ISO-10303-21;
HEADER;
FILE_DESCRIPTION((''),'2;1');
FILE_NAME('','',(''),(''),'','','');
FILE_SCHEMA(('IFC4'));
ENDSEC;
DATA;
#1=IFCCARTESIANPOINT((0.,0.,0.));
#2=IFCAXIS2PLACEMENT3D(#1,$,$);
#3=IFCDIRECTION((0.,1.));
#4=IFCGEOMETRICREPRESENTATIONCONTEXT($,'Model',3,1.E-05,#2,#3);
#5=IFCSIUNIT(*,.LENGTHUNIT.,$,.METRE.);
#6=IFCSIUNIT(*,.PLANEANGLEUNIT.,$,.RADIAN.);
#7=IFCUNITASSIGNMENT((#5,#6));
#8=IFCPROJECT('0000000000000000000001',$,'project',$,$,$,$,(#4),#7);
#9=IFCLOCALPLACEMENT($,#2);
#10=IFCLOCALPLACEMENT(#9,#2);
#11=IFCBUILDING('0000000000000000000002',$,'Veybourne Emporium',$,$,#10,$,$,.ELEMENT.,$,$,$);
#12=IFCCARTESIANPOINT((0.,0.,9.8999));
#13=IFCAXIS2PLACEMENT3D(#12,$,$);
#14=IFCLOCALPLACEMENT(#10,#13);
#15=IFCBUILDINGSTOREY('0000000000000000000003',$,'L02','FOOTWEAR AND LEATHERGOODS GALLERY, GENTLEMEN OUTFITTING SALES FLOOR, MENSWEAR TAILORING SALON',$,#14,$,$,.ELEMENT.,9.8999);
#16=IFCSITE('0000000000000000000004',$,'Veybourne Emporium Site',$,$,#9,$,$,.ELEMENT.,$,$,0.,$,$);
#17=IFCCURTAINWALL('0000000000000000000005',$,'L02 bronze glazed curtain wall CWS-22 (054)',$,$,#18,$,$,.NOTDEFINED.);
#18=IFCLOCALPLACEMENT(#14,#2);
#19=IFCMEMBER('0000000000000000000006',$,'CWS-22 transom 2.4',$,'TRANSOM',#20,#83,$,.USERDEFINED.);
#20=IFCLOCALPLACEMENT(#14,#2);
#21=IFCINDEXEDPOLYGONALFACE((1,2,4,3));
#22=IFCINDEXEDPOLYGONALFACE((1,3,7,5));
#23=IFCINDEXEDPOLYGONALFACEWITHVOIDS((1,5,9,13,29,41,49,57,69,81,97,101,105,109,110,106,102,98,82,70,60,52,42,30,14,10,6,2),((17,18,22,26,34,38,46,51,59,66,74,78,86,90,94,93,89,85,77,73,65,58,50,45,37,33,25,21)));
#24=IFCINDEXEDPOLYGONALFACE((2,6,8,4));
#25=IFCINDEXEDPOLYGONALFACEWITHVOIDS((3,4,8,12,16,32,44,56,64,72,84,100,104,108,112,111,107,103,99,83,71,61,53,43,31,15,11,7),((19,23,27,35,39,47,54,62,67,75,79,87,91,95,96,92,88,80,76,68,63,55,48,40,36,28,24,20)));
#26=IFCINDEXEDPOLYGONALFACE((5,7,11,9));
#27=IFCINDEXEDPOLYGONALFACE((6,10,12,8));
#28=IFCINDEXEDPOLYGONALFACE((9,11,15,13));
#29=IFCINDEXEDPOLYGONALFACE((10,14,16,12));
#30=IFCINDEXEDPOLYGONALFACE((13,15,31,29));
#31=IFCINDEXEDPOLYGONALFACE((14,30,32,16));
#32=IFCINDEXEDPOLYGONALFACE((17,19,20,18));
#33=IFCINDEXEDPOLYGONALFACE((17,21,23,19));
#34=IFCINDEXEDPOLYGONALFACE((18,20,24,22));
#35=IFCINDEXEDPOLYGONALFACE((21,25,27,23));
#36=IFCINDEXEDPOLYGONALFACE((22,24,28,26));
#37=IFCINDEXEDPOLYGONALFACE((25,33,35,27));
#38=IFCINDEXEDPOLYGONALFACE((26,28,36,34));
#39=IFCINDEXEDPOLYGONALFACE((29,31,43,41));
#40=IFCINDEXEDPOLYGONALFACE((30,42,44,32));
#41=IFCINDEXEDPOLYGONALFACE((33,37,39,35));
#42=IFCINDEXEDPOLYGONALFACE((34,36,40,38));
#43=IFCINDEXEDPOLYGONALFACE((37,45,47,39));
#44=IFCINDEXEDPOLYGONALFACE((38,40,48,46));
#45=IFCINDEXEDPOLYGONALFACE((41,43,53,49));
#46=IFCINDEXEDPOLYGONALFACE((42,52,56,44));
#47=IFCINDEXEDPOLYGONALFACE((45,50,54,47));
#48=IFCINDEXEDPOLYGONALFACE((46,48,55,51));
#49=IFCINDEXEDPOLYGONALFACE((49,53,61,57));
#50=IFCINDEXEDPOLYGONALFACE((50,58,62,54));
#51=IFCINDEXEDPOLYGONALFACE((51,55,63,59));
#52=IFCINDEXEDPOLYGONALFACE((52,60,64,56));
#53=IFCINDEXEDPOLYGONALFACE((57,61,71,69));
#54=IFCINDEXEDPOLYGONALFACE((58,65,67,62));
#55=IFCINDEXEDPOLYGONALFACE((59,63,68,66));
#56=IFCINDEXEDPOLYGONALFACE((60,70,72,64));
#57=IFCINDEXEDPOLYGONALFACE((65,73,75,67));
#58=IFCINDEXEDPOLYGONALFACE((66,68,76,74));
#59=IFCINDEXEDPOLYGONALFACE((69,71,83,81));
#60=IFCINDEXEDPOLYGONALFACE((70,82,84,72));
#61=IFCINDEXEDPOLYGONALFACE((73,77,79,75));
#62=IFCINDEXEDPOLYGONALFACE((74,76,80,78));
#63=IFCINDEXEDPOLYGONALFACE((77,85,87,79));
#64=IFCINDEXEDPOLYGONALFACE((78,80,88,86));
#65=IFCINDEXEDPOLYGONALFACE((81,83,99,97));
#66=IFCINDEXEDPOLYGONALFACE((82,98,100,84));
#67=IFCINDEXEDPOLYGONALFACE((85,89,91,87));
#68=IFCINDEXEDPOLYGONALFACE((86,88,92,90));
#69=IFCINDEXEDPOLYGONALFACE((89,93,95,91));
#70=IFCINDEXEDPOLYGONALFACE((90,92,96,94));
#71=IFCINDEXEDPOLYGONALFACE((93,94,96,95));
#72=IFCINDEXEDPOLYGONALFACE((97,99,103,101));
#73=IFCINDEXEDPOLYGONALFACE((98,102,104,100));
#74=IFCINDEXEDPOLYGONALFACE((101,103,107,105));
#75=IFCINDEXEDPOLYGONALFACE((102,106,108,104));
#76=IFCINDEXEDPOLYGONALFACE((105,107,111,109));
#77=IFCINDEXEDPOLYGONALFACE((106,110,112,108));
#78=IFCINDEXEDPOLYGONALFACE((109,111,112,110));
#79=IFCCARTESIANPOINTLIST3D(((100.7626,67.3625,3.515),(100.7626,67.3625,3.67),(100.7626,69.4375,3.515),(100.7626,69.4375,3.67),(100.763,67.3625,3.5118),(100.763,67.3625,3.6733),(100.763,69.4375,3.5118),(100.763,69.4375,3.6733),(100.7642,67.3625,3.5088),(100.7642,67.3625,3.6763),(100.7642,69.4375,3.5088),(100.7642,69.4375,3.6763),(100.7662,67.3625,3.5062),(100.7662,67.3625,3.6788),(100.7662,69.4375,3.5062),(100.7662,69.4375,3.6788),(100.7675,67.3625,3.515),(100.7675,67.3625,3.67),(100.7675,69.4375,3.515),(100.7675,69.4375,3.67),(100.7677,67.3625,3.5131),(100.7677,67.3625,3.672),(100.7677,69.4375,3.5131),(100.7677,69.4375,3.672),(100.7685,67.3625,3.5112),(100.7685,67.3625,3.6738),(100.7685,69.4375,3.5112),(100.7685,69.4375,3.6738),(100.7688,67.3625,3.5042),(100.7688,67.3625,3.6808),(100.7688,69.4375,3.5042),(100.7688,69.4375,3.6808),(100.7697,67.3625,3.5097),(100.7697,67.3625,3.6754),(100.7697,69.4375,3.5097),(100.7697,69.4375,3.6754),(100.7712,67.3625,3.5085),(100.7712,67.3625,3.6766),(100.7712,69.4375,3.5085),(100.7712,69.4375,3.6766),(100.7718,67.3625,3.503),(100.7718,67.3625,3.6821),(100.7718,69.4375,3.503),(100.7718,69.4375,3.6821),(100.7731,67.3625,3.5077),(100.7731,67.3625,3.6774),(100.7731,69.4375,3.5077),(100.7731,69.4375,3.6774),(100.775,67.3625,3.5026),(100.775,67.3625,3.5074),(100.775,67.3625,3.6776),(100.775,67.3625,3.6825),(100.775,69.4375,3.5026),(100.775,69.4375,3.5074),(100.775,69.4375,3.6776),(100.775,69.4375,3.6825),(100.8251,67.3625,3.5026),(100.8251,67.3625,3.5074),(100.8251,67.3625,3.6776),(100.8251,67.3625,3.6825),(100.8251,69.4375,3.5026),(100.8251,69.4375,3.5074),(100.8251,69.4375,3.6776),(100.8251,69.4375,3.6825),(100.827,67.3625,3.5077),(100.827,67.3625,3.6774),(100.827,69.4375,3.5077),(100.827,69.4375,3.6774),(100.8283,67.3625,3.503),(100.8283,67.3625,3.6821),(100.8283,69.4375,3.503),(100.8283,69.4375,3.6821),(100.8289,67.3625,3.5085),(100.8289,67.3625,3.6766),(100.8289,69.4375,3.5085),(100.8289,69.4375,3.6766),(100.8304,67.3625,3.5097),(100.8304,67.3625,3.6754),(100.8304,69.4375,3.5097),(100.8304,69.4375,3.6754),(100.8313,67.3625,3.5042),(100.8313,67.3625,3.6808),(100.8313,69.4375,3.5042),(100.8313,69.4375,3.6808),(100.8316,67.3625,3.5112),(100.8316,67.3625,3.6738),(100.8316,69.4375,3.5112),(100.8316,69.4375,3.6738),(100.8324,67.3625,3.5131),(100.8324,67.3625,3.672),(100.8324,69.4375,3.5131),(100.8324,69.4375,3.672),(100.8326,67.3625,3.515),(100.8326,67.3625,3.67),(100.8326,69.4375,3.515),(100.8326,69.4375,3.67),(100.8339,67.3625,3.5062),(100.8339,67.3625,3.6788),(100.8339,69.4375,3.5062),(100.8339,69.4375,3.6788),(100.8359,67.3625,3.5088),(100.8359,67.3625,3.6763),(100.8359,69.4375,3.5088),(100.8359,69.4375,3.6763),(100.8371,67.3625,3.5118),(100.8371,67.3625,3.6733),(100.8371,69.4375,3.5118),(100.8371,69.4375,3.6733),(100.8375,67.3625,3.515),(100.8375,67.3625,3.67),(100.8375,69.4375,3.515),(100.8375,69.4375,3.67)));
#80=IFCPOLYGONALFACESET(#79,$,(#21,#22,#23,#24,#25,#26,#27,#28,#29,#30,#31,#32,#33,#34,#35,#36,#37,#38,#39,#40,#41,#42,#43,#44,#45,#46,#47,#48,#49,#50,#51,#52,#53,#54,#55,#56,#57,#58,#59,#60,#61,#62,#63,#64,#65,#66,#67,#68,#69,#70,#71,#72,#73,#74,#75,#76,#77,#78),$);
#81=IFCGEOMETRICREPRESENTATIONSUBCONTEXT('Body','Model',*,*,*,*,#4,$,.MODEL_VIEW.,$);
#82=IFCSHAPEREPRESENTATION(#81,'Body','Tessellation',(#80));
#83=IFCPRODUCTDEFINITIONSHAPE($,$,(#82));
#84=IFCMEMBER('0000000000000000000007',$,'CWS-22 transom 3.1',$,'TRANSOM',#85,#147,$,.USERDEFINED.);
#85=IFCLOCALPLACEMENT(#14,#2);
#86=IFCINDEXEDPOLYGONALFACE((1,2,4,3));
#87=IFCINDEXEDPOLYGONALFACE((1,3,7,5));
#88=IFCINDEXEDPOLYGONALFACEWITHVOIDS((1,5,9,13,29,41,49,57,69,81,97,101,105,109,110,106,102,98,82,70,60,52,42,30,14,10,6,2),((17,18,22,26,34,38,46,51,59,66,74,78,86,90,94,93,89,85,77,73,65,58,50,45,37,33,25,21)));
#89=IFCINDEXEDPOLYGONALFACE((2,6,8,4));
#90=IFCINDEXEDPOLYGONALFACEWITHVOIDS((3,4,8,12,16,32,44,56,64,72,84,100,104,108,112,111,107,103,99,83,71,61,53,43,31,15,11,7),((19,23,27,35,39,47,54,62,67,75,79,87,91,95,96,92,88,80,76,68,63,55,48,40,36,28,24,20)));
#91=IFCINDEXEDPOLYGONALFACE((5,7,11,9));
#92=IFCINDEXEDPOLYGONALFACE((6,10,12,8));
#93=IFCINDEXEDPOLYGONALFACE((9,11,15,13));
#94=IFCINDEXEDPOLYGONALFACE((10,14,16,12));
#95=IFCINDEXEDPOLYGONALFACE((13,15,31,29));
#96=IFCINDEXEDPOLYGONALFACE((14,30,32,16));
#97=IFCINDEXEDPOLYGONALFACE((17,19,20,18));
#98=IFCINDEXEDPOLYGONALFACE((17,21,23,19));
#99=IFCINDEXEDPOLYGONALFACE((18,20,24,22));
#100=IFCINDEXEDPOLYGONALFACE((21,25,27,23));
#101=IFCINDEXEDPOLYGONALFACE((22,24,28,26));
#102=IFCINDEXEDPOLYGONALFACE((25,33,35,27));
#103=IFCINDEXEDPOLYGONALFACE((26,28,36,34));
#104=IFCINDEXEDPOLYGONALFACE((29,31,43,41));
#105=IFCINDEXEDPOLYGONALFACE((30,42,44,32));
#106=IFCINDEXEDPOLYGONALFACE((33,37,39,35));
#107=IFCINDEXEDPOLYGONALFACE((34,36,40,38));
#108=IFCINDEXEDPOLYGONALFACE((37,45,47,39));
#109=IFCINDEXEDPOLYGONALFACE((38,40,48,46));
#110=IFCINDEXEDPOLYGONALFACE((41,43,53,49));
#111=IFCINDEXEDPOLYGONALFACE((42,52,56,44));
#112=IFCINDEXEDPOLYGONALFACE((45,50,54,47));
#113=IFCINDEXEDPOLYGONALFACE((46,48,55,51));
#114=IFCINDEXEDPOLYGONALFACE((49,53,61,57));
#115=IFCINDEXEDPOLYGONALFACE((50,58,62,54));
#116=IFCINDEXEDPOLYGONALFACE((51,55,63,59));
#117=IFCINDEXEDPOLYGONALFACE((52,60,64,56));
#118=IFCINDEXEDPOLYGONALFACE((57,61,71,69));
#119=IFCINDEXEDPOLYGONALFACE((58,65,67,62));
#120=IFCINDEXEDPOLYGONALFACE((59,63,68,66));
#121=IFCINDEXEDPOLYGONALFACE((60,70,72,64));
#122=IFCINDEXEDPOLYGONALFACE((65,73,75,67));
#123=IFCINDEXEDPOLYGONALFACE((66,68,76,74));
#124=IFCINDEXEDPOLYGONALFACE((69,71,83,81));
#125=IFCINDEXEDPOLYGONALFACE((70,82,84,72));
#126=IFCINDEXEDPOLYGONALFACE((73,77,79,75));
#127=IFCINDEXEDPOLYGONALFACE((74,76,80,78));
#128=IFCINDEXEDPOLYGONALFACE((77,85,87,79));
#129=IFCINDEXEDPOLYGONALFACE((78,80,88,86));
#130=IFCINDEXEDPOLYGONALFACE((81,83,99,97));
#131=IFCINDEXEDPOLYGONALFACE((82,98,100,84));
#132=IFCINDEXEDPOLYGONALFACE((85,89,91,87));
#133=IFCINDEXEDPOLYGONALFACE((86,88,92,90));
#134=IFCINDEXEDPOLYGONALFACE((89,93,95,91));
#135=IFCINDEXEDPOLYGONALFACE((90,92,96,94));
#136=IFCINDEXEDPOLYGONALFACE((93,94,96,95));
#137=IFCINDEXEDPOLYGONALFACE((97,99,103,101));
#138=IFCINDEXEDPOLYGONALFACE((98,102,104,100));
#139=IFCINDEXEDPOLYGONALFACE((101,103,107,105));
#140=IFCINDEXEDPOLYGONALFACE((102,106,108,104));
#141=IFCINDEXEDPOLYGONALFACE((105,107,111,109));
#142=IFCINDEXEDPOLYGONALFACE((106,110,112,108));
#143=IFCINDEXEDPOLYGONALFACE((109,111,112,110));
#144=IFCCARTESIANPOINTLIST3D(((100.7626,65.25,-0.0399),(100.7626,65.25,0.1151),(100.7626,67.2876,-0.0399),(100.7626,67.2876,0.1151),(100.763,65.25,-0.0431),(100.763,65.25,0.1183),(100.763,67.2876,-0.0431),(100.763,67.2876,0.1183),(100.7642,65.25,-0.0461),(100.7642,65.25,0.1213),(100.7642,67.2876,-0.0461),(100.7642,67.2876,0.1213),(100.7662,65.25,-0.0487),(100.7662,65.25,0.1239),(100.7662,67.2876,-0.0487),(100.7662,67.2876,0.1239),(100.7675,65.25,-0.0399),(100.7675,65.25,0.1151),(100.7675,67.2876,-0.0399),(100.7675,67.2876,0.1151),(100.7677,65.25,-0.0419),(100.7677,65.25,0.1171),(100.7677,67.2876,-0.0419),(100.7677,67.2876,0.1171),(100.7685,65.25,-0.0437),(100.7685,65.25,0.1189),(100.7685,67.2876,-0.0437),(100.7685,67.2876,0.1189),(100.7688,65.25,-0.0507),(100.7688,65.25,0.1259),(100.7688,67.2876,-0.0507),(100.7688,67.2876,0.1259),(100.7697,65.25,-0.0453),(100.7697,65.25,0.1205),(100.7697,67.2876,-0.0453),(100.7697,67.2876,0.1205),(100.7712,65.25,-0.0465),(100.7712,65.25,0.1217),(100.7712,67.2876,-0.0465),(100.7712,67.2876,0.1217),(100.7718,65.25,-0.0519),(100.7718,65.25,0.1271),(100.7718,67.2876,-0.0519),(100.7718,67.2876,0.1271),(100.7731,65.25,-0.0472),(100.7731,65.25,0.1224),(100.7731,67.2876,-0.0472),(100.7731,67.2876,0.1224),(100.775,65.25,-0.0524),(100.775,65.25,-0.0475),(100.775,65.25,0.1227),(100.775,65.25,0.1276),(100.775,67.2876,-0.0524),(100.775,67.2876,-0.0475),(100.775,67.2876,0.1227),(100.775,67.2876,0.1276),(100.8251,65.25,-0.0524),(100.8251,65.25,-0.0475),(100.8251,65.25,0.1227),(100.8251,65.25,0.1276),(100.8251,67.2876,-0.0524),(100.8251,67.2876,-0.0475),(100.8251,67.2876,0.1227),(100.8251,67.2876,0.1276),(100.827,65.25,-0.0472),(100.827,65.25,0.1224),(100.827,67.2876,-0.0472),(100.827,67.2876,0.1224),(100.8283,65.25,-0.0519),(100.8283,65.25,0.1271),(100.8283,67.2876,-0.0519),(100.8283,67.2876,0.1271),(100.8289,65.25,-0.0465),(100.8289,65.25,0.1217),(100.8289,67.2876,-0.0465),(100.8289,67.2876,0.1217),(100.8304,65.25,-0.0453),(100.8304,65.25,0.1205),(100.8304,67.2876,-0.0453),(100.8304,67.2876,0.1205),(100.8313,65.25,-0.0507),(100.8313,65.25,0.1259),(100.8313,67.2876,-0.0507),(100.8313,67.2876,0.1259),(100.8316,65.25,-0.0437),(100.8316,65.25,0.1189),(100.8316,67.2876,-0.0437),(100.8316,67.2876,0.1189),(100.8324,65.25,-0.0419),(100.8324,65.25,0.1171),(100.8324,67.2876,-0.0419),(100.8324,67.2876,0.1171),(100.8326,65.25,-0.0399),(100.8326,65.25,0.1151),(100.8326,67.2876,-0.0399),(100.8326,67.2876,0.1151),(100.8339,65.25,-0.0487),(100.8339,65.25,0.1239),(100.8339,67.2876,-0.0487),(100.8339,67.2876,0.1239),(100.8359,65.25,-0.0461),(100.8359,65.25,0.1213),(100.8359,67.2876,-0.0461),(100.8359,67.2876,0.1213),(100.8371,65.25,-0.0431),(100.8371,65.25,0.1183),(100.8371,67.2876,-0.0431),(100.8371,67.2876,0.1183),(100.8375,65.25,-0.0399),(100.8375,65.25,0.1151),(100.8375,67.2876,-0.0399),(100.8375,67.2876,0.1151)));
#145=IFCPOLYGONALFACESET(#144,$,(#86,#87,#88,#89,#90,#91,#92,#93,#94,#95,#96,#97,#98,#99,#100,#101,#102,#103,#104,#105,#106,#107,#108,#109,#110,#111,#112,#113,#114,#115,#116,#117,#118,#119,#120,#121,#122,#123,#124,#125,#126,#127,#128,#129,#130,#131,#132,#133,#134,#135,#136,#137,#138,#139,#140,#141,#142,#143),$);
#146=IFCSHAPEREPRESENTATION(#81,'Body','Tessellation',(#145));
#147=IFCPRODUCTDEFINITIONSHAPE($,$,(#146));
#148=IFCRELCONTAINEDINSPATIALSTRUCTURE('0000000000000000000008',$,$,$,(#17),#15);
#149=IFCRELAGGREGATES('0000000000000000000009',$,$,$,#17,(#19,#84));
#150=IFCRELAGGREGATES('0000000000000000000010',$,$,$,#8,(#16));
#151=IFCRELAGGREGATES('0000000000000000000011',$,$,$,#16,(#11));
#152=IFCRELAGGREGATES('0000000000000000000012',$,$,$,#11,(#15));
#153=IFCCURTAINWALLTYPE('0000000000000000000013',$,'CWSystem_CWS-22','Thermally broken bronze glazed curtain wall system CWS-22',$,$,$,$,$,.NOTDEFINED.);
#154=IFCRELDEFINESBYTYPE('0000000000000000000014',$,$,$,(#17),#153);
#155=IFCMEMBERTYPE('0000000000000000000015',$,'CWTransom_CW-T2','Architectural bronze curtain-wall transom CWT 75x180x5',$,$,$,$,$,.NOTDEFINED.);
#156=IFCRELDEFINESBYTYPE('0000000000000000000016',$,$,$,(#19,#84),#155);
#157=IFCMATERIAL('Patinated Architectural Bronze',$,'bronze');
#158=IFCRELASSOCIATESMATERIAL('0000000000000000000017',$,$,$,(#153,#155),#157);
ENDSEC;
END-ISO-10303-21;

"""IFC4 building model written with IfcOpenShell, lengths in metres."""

from ifc_helpers import new_model, si_unit, direction, frame, origin, origin_2d, place, context, subcontext, project, spatial, hollow_rectangle, extrude, material, material_profile, profile_set, type_object, element, aggregate, save


model = new_model("IFC4")

# Units and contexts
model_context = context("Model", 3, precision=1e-05, world=origin(), true_north=direction((0.0, 1.0)))
body_context = subcontext(model_context, "Body", "Model", "MODEL_VIEW")
ifc_project = project(units=[si_unit("LENGTHUNIT", "METRE"), si_unit("PLANEANGLEUNIT", "RADIAN")], contexts=[model_context])

# Site, building, storey
site_placement = place(None, origin())
site = spatial("IfcSite", under=ifc_project, at=site_placement, Name="Veybourne Emporium Site", CompositionType="ELEMENT", RefElevation=0.0)
building_placement = place(site_placement, origin())
building = spatial("IfcBuilding", under=site, at=building_placement, Name="Veybourne Emporium", CompositionType="ELEMENT")
storey_placement = place(building_placement, frame((0.0, 0.0, 9.8999)))
storey = spatial("IfcBuildingStorey", under=building, at=storey_placement, Name="L02", Description="FOOTWEAR AND LEATHERGOODS GALLERY, GENTLEMEN OUTFITTING SALES FLOOR, MENSWEAR TAILORING SALON", CompositionType="ELEMENT", Elevation=9.8999)

# Curtain wall, members
ifc_material_1 = material(Name="Patinated Architectural Bronze", Category="bronze")
curtain_wall_type = type_object("IfcCurtainWallType", Name="CWSystem_CWS-22", Description="Thermally broken bronze glazed curtain wall system CWS-22", PredefinedType="NOTDEFINED", material=ifc_material_1)
curtain_wall_placement = place(storey_placement, origin())
curtain_wall = element("IfcCurtainWall", 1, at=curtain_wall_placement, inside=storey, type_object=curtain_wall_type, Name="L02 bronze glazed curtain wall CWS-22 (054)", PredefinedType="NOTDEFINED")
ifc_material_profile_1 = material_profile(ifc_material_1, hollow_rectangle(XDim=0.075, YDim=0.1799, WallThickness=0.0049, InnerFilletRadius=0.0076, OuterFilletRadius=0.0125, at=origin_2d()), Name="CWT 75x180x5")
ifc_profile_set_1 = profile_set([ifc_material_profile_1], Name="Patinated Architectural Bronze")
member_type_1 = type_object("IfcMemberType", Name="CWTransom_CW-T2", Description="Architectural bronze curtain-wall transom CWT 75x180x5", PredefinedType="NOTDEFINED", material=ifc_profile_set_1)
member_1_placement = place(storey_placement, frame((100.8, 69.4375, 3.5925), z_axis=(0.0, -1.0, 0.0), x_axis=(1.0, 0.0, 0.0)))
member_1 = element("IfcMember", 2, at=member_1_placement, type_object=member_type_1, Name="CWS-22 transom 2.4", ObjectType="TRANSOM", PredefinedType="USERDEFINED", context=body_context, shape_type="SweptSolid", body=[
    extrude(hollow_rectangle(XDim=0.075, YDim=0.1799, WallThickness=0.0049, InnerFilletRadius=0.0076, OuterFilletRadius=0.0125, at=origin_2d()), origin(), (0.0, 0.0, 1.0), 2.075),
])
member_2_placement = place(storey_placement, frame((100.8, 67.2876, 0.0376), z_axis=(0.0, -1.0, 0.0), x_axis=(1.0, 0.0, 0.0)))
member_2 = element("IfcMember", 3, at=member_2_placement, type_object=member_type_1, Name="CWS-22 transom 3.1", ObjectType="TRANSOM", PredefinedType="USERDEFINED", context=body_context, shape_type="SweptSolid", body=[
    extrude(hollow_rectangle(XDim=0.075, YDim=0.1799, WallThickness=0.0049, InnerFilletRadius=0.0076, OuterFilletRadius=0.0125, at=origin_2d()), origin(), (0.0, 0.0, 1.0), 2.0376),
])
aggregate(curtain_wall, [member_1, member_2])

save(model, "model.ifc")
